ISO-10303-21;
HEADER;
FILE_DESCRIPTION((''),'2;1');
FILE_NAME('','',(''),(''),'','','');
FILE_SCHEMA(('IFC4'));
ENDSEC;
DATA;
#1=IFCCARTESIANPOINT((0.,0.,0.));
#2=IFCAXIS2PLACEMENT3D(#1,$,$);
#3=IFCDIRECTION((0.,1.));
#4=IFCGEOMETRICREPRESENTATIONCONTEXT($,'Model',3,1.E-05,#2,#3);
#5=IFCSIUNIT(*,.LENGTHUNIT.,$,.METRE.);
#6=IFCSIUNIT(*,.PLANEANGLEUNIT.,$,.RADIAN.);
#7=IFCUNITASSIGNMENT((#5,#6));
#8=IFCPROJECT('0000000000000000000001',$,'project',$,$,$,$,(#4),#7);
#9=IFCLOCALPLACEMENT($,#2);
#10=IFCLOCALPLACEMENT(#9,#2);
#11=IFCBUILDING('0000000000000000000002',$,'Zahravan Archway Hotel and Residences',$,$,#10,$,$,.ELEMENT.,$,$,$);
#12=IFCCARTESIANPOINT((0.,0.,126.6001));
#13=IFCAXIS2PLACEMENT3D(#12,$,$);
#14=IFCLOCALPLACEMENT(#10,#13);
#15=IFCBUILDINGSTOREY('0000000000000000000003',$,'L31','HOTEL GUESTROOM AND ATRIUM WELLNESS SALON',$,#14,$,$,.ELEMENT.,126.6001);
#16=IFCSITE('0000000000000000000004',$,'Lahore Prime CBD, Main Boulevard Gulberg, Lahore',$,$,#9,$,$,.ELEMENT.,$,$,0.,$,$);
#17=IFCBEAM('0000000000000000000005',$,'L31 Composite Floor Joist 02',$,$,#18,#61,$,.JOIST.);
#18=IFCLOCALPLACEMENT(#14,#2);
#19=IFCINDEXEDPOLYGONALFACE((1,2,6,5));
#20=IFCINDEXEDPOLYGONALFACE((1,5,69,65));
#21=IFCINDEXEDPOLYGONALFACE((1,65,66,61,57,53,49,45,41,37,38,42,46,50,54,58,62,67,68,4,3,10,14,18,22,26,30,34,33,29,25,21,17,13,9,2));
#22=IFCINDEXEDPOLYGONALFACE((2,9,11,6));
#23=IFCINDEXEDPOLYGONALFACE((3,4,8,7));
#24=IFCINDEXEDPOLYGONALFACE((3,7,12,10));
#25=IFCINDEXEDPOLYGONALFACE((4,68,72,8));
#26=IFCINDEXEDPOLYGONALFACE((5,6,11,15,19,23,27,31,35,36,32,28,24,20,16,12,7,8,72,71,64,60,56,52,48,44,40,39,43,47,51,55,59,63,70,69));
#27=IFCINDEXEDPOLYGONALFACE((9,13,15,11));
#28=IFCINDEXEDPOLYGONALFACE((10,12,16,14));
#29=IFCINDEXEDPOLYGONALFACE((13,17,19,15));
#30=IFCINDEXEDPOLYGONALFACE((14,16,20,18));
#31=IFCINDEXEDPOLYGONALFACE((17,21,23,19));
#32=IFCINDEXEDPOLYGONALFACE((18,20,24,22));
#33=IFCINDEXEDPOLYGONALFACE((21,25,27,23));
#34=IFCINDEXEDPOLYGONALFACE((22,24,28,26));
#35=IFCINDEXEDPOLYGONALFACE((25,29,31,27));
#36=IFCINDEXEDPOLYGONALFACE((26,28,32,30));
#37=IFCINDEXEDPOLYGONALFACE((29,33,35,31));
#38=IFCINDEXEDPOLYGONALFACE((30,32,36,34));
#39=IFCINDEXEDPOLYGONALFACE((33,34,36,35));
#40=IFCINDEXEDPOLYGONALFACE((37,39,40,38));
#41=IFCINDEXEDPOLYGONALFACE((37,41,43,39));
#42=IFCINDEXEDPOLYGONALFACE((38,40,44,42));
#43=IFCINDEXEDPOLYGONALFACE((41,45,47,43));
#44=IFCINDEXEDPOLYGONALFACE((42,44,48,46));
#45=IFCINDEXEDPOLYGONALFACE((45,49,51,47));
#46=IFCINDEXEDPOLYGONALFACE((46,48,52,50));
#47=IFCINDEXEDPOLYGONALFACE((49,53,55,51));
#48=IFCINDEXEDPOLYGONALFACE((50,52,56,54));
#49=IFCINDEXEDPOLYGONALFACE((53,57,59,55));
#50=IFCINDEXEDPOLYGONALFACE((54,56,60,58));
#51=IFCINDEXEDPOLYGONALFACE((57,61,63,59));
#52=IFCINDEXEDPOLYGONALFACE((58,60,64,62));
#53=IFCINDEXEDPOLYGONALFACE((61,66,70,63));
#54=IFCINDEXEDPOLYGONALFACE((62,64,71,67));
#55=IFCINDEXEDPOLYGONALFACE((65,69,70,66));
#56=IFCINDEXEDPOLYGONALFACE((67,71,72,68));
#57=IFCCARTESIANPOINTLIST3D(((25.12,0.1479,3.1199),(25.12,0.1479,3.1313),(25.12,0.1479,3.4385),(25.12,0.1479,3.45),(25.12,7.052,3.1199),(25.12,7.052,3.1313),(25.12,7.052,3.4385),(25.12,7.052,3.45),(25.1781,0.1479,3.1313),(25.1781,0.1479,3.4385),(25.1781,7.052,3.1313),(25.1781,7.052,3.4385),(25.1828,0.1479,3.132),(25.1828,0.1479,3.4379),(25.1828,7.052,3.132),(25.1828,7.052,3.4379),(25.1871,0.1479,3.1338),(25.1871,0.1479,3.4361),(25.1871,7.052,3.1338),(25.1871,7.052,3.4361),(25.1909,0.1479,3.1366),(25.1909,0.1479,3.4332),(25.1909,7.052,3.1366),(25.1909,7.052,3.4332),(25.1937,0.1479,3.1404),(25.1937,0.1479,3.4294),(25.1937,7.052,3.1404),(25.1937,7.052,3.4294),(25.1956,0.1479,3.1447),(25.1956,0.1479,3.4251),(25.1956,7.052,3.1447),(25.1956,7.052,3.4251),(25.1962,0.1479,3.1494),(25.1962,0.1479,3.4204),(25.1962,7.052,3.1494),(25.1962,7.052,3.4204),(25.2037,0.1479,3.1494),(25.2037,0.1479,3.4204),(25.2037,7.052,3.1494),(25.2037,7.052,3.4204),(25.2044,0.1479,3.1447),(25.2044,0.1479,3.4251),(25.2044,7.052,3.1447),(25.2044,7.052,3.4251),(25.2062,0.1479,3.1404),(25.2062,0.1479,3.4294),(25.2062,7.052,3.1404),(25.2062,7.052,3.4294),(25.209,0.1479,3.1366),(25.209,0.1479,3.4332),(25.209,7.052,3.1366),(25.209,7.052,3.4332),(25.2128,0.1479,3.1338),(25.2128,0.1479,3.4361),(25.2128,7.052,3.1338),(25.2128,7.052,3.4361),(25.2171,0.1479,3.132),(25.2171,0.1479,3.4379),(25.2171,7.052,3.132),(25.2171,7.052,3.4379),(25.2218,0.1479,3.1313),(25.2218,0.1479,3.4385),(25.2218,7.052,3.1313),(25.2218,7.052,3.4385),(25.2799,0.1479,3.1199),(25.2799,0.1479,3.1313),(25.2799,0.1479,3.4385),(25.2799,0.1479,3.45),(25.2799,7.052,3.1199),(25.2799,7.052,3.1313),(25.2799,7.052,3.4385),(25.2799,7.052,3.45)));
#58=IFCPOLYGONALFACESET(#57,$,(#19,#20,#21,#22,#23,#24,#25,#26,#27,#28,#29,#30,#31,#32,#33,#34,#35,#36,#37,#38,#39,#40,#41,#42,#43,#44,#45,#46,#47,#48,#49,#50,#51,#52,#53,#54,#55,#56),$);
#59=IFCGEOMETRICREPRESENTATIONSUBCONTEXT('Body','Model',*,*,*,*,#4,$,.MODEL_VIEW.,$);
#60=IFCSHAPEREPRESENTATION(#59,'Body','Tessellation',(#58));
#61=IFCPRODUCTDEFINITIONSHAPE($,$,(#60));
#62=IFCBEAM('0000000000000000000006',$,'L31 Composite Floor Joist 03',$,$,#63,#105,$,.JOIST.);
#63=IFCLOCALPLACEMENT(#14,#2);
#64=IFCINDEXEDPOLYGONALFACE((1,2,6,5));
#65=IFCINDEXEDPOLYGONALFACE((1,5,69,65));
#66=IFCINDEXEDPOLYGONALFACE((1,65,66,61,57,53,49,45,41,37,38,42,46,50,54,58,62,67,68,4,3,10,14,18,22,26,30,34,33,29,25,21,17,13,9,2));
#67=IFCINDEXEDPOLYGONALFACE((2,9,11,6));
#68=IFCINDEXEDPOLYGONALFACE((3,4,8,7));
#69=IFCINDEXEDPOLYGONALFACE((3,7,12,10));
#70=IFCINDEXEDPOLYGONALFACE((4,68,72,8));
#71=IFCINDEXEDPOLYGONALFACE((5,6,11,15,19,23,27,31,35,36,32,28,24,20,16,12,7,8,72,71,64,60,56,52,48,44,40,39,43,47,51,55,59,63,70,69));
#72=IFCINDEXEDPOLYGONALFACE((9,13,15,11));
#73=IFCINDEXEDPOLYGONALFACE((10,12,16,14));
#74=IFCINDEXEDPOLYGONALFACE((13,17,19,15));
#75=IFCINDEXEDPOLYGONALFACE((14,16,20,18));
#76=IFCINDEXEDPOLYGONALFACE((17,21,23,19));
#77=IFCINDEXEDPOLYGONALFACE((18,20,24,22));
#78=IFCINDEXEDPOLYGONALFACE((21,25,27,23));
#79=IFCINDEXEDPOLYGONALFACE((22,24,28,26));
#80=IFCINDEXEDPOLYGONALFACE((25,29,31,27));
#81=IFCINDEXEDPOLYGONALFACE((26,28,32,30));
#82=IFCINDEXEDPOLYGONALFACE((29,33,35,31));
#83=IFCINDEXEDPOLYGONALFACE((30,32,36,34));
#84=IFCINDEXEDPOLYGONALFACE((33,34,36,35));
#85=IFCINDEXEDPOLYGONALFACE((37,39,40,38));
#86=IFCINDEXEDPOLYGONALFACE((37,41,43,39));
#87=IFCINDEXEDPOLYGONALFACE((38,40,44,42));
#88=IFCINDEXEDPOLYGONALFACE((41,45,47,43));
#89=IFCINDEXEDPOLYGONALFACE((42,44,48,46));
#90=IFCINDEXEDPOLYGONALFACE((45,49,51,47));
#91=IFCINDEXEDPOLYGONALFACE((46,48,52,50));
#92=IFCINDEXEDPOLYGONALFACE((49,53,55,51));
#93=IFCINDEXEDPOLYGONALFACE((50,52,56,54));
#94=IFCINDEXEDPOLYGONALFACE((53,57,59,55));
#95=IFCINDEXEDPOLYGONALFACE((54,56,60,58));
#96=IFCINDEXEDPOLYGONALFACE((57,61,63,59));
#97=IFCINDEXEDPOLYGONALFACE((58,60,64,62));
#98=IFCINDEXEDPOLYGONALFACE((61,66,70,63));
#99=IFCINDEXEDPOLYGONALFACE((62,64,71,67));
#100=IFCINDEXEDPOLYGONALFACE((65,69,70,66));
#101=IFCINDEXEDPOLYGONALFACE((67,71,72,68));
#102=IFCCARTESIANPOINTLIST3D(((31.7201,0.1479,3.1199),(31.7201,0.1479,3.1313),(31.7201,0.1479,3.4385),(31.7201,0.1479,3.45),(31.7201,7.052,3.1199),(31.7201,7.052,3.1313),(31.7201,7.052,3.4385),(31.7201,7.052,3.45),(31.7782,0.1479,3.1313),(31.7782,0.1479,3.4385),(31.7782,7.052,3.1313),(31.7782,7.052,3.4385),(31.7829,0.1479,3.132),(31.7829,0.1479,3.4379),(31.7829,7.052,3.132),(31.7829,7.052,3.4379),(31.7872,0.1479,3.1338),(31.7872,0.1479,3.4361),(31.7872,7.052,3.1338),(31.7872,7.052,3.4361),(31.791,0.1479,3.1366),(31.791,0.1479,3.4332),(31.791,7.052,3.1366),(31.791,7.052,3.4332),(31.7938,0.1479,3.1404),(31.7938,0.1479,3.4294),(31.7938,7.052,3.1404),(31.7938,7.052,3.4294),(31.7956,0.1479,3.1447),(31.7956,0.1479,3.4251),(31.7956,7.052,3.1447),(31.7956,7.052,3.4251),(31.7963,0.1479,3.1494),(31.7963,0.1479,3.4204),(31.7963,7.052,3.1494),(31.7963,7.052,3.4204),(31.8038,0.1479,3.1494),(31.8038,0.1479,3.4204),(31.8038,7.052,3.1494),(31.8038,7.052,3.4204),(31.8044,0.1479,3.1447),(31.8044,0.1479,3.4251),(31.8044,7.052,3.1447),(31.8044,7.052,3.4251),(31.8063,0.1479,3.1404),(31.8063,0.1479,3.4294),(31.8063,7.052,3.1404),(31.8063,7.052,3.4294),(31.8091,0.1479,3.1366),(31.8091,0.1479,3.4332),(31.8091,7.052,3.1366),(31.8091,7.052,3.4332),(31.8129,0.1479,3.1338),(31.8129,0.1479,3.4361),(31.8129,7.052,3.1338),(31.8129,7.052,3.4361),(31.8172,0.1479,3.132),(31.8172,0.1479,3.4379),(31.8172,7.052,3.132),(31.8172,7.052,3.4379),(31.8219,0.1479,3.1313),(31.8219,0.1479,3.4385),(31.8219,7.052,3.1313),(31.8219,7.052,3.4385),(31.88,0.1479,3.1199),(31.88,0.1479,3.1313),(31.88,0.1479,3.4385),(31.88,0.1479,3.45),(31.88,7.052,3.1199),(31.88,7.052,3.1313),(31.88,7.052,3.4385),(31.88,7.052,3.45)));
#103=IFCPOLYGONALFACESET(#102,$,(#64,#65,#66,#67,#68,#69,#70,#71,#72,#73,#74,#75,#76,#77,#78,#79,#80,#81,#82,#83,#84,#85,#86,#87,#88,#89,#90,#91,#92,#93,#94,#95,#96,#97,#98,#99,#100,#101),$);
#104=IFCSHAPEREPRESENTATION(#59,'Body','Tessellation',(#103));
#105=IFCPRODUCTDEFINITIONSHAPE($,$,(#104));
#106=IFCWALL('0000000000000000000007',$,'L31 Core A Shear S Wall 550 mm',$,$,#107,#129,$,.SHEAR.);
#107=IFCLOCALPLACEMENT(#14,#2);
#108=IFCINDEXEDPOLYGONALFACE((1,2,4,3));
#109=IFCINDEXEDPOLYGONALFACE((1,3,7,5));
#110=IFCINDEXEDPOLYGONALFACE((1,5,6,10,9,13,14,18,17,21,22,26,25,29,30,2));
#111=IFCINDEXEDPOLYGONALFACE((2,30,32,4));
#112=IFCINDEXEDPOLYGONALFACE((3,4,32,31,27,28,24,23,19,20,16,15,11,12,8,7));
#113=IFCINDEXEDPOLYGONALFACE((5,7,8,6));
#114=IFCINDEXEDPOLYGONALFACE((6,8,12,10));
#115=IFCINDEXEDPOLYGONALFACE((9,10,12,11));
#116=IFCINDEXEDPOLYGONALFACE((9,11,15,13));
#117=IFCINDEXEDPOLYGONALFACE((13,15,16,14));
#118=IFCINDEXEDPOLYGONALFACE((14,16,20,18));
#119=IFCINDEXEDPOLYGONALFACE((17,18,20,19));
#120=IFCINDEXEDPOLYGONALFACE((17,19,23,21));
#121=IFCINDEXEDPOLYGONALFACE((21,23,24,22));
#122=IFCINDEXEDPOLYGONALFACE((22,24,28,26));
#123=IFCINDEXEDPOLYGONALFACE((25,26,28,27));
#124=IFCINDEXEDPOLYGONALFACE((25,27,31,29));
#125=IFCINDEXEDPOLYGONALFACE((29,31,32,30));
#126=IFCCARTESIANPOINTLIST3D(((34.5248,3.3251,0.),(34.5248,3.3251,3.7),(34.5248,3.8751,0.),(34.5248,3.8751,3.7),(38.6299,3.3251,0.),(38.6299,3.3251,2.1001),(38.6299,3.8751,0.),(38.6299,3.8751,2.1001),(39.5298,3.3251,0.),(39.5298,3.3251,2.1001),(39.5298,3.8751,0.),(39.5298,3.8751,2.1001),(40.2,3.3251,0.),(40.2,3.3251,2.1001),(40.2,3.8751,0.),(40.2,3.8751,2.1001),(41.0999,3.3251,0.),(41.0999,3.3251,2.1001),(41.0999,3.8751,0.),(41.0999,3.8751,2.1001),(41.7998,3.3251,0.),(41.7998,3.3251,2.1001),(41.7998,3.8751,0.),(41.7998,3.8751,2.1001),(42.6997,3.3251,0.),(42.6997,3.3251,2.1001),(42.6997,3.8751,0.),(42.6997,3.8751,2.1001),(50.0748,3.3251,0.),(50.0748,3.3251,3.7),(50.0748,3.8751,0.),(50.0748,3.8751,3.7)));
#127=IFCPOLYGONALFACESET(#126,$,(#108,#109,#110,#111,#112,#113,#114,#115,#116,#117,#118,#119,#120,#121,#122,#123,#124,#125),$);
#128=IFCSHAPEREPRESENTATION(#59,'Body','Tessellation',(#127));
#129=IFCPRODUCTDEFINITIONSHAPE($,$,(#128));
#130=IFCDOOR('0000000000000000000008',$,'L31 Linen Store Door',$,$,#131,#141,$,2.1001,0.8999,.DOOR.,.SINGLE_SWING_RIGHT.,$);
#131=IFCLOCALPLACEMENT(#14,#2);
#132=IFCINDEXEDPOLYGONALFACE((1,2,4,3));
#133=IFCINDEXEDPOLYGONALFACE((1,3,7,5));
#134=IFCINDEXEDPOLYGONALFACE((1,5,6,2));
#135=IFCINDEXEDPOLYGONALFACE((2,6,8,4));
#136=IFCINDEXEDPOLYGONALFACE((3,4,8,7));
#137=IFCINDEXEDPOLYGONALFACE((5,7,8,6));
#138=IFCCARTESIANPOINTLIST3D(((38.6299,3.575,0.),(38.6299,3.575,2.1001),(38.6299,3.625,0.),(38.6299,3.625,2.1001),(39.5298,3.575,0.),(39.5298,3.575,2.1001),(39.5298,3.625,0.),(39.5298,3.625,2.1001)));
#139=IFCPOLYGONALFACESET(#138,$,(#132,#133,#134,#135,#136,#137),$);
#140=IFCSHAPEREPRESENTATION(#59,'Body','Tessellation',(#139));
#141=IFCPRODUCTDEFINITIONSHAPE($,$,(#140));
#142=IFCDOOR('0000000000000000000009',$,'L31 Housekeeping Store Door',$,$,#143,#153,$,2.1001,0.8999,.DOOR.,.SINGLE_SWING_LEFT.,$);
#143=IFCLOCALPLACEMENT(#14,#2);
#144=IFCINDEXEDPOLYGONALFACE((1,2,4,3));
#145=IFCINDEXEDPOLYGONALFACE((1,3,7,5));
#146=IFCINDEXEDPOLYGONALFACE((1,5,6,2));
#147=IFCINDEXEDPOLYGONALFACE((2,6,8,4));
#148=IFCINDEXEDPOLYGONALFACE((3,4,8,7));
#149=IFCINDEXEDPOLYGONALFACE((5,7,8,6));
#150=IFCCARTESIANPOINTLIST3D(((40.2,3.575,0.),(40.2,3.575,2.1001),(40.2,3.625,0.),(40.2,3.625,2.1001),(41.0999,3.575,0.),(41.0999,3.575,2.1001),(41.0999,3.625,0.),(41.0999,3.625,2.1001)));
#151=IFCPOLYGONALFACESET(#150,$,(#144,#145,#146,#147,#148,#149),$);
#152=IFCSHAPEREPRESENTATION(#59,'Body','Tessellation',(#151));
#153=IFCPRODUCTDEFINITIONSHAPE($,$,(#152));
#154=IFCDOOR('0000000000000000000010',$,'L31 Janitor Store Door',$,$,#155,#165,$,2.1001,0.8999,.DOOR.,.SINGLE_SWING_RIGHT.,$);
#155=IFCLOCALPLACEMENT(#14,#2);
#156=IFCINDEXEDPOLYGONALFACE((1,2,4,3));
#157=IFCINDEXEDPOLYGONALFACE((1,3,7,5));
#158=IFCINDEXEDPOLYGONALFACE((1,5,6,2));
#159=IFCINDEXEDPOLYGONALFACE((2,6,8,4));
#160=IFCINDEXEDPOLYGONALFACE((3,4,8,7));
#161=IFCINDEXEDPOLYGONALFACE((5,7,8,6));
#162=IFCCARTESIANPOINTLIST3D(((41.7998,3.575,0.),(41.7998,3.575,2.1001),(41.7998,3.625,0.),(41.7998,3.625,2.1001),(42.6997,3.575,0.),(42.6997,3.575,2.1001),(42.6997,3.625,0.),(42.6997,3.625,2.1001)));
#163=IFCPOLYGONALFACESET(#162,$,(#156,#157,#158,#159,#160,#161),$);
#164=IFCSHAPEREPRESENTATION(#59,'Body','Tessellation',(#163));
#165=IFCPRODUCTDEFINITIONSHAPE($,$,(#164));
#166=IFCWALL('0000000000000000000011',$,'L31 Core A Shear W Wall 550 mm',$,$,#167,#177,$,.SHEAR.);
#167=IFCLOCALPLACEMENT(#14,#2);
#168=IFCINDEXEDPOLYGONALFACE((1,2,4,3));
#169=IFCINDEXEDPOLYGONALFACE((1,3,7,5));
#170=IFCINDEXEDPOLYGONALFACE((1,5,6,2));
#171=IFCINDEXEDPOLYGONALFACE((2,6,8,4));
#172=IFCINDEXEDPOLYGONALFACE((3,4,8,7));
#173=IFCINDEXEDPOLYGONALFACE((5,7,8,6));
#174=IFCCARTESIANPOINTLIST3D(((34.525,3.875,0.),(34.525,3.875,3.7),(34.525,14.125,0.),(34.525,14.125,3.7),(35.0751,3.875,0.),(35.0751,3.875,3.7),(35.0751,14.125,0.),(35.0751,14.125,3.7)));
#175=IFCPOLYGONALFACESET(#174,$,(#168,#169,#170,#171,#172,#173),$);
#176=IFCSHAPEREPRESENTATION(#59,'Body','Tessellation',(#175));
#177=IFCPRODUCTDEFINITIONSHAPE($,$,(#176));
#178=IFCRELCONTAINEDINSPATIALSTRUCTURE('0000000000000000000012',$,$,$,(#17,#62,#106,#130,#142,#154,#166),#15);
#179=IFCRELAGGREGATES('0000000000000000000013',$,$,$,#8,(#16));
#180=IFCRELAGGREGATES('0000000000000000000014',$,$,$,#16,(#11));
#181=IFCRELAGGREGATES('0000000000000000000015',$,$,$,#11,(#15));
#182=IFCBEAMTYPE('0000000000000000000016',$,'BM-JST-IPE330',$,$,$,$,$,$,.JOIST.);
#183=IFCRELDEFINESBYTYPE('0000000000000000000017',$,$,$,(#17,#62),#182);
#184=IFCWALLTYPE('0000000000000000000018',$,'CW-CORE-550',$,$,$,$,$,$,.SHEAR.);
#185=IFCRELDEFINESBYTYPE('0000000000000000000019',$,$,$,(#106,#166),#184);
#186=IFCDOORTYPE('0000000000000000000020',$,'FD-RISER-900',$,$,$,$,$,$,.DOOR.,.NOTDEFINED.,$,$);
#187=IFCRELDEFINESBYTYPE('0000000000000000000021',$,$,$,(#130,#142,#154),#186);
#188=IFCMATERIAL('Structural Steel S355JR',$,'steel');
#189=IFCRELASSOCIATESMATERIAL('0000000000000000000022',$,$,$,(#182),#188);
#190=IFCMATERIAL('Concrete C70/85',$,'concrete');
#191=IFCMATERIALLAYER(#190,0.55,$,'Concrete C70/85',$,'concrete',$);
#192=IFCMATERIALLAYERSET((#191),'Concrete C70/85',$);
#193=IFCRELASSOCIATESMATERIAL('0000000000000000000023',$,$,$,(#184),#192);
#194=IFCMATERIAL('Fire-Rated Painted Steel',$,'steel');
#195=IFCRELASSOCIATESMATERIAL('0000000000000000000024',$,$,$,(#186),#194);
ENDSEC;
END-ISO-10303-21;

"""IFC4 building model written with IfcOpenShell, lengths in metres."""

from ifc_helpers import new_model, si_unit, direction, frame, frame_2d, origin, origin_2d, place, context, subcontext, project, spatial, rectangle, i_section, extrude, source, transform, mapped, material, layer, layer_set, material_profile, profile_set, type_object, type_shapes, element, fill, save


model = new_model("IFC4")

# Units and contexts
model_context = context("Model", 3, precision=1e-05, world=origin(), true_north=direction((0.0, 1.0)))
body_context = subcontext(model_context, "Body", "Model", "MODEL_VIEW")
ifc_project = project(units=[si_unit("LENGTHUNIT", "METRE"), si_unit("PLANEANGLEUNIT", "RADIAN")], contexts=[model_context])

# Site, building, storey
site_placement = place(None, origin())
site = spatial("IfcSite", under=ifc_project, at=site_placement, Name="Lahore Prime CBD, Main Boulevard Gulberg, Lahore", CompositionType="ELEMENT", RefElevation=0.0)
building_placement = place(site_placement, origin())
building = spatial("IfcBuilding", under=site, at=building_placement, Name="Zahravan Archway Hotel and Residences", CompositionType="ELEMENT")
storey_placement = place(building_placement, frame((0.0, 0.0, 126.6001)))
storey = spatial("IfcBuildingStorey", under=building, at=storey_placement, Name="L31", Description="HOTEL GUESTROOM AND ATRIUM WELLNESS SALON", CompositionType="ELEMENT", Elevation=126.6001)

# Beams
ifc_material_1 = material(Name="Structural Steel S355JR", Category="steel")
ifc_material_profile_1 = material_profile(ifc_material_1, i_section(OverallWidth=0.1599, OverallDepth=0.3301, WebThickness=0.0076, FlangeThickness=0.0115, FilletRadius=0.0181, at=origin_2d()), Name="IPE 330", Category="steel")
ifc_profile_set_1 = profile_set([ifc_material_profile_1], Name="Structural Steel S355JR")
beam_type_1 = type_object("IfcBeamType", Name="BM-JST-IPE330", PredefinedType="JOIST", material=ifc_profile_set_1)
shared_shape_1 = source(origin(), body_context, "Body", "SweptSolid", [
    extrude(i_section(OverallWidth=0.1599, OverallDepth=0.3301, WebThickness=0.0076, FlangeThickness=0.0115, FilletRadius=0.0181, at=origin_2d()), origin(), (0.0, 0.0, 1.0), 6.9041),
])
type_shapes(beam_type_1, [shared_shape_1])
for number, where, z_axis, x_axis, name in (
    (1, (25.2, 0.1479, 3.2849), (0.0, 1.0, 0.0), (-1.0, 0.0, 0.0), "L31 Composite Floor Joist 02"),
    (2, (31.8, 0.1479, 3.2849), (0.0, 1.0, 0.0), (-1.0, 0.0, 0.0), "L31 Composite Floor Joist 03"),
):
    element("IfcBeam", number, at=place(storey_placement, frame(where, z_axis=z_axis, x_axis=x_axis)), inside=storey, type_object=beam_type_1, Name=name, PredefinedType="JOIST", context=body_context, shape_type="MappedRepresentation", body=[
        mapped(shared_shape_1, transform((0.0, 0.0, 0.0), scale=1.0)),
    ])

# Wall, openings, doors
ifc_material_2 = material(Name="Concrete C70/85", Category="concrete")
ifc_layer_1 = layer(ifc_material_2, 0.55, Name="Concrete C70/85", Category="concrete")
ifc_layer_set_1 = layer_set([ifc_layer_1], Name="Concrete C70/85")
wall_type_1 = type_object("IfcWallType", Name="CW-CORE-550", PredefinedType="SHEAR", material=ifc_layer_set_1)
wall_1_placement = place(storey_placement, frame((34.5249, 3.6001, 0.0), z_axis=(0.0, 0.0, 1.0), x_axis=(1.0, 0.0, 0.0)))
wall_1 = element("IfcWall", 3, at=wall_1_placement, inside=storey, type_object=wall_type_1, Name="L31 Core A Shear S Wall 550 mm", PredefinedType="SHEAR", context=body_context, shape_type="SweptSolid", body=[
    extrude(rectangle(XDim=15.55, YDim=0.55, at=frame_2d((7.7749, 0.0))), origin(), (0.0, 0.0, 1.0), 3.7),
])
opening_1_placement = place(wall_1_placement, frame((4.105, 0.0, 0.0)))
opening_1 = element("IfcOpeningElement", 4, at=opening_1_placement, cuts=wall_1, PredefinedType="OPENING", context=body_context, shape_type="SweptSolid", body=[
    extrude(rectangle(XDim=0.8999, YDim=2.1001, at=frame_2d((0.45, 1.05))), frame((0.0, 0.2852, 0.0), z_axis=(0.0, -1.0, 0.0), x_axis=(1.0, 0.0, 0.0)), (0.0, 0.0, 1.0), 0.5701),
])
opening_2_placement = place(wall_1_placement, frame((5.675, 0.0, 0.0)))
opening_2 = element("IfcOpeningElement", 5, at=opening_2_placement, cuts=wall_1, PredefinedType="OPENING", context=body_context, shape_type="SweptSolid", body=[
    extrude(rectangle(XDim=0.8999, YDim=2.1001, at=frame_2d((0.45, 1.05))), frame((0.0, 0.2852, 0.0), z_axis=(0.0, -1.0, 0.0), x_axis=(1.0, 0.0, 0.0)), (0.0, 0.0, 1.0), 0.5701),
])
opening_3_placement = place(wall_1_placement, frame((7.2749, 0.0, 0.0)))
opening_3 = element("IfcOpeningElement", 6, at=opening_3_placement, cuts=wall_1, PredefinedType="OPENING", context=body_context, shape_type="SweptSolid", body=[
    extrude(rectangle(XDim=0.8999, YDim=2.1001, at=frame_2d((0.45, 1.05))), frame((0.0, 0.2852, 0.0), z_axis=(0.0, -1.0, 0.0), x_axis=(1.0, 0.0, 0.0)), (0.0, 0.0, 1.0), 0.5701),
])
ifc_material_3 = material(Name="Fire-Rated Painted Steel", Category="steel")
door_type_1 = type_object("IfcDoorType", Name="FD-RISER-900", OperationType="NOTDEFINED", PredefinedType="DOOR", material=ifc_material_3)
shared_shape_2 = source(origin(), body_context, "Body", "SweptSolid", [
    extrude(rectangle(XDim=0.8999, YDim=2.1001, at=frame_2d((0.45, 1.05))), frame((0.0, 0.0249, 0.0), z_axis=(0.0, -1.0, 0.0), x_axis=(1.0, 0.0, 0.0)), (0.0, 0.0, 1.0), 0.05),
])
type_shapes(door_type_1, [shared_shape_2])
door_1_placement = place(opening_1_placement, origin())
door_1 = element("IfcDoor", 7, at=door_1_placement, inside=storey, type_object=door_type_1, Name="L31 Linen Store Door", OperationType="SINGLE_SWING_RIGHT", OverallHeight=2.1001, OverallWidth=0.8999, PredefinedType="DOOR", context=body_context, shape_type="MappedRepresentation", body=[
    mapped(shared_shape_2, transform((0.0, 0.0, 0.0), scale=1.0)),
])
fill(opening_1, door_1)
door_2_placement = place(opening_2_placement, origin())
door_2 = element("IfcDoor", 8, at=door_2_placement, inside=storey, type_object=door_type_1, Name="L31 Housekeeping Store Door", OperationType="SINGLE_SWING_LEFT", OverallHeight=2.1001, OverallWidth=0.8999, PredefinedType="DOOR", context=body_context, shape_type="MappedRepresentation", body=[
    mapped(shared_shape_2, transform((0.0, 0.0, 0.0), scale=1.0)),
])
fill(opening_2, door_2)
door_3_placement = place(opening_3_placement, origin())
door_3 = element("IfcDoor", 9, at=door_3_placement, inside=storey, type_object=door_type_1, Name="L31 Janitor Store Door", OperationType="SINGLE_SWING_RIGHT", OverallHeight=2.1001, OverallWidth=0.8999, PredefinedType="DOOR", context=body_context, shape_type="MappedRepresentation", body=[
    mapped(shared_shape_2, transform((0.0, 0.0, 0.0), scale=1.0)),
])
fill(opening_3, door_3)

# Wall
wall_2_placement = place(storey_placement, frame((34.8, 3.875, 0.0), z_axis=(0.0, 0.0, 1.0), x_axis=(0.0, 1.0, 0.0)))
element("IfcWall", 10, at=wall_2_placement, inside=storey, type_object=wall_type_1, Name="L31 Core A Shear W Wall 550 mm", PredefinedType="SHEAR", context=body_context, shape_type="SweptSolid", body=[
    extrude(rectangle(XDim=10.25, YDim=0.55, at=frame_2d((5.125, 0.0))), origin(), (0.0, 0.0, 1.0), 3.7),
])

save(model, "model.ifc")
